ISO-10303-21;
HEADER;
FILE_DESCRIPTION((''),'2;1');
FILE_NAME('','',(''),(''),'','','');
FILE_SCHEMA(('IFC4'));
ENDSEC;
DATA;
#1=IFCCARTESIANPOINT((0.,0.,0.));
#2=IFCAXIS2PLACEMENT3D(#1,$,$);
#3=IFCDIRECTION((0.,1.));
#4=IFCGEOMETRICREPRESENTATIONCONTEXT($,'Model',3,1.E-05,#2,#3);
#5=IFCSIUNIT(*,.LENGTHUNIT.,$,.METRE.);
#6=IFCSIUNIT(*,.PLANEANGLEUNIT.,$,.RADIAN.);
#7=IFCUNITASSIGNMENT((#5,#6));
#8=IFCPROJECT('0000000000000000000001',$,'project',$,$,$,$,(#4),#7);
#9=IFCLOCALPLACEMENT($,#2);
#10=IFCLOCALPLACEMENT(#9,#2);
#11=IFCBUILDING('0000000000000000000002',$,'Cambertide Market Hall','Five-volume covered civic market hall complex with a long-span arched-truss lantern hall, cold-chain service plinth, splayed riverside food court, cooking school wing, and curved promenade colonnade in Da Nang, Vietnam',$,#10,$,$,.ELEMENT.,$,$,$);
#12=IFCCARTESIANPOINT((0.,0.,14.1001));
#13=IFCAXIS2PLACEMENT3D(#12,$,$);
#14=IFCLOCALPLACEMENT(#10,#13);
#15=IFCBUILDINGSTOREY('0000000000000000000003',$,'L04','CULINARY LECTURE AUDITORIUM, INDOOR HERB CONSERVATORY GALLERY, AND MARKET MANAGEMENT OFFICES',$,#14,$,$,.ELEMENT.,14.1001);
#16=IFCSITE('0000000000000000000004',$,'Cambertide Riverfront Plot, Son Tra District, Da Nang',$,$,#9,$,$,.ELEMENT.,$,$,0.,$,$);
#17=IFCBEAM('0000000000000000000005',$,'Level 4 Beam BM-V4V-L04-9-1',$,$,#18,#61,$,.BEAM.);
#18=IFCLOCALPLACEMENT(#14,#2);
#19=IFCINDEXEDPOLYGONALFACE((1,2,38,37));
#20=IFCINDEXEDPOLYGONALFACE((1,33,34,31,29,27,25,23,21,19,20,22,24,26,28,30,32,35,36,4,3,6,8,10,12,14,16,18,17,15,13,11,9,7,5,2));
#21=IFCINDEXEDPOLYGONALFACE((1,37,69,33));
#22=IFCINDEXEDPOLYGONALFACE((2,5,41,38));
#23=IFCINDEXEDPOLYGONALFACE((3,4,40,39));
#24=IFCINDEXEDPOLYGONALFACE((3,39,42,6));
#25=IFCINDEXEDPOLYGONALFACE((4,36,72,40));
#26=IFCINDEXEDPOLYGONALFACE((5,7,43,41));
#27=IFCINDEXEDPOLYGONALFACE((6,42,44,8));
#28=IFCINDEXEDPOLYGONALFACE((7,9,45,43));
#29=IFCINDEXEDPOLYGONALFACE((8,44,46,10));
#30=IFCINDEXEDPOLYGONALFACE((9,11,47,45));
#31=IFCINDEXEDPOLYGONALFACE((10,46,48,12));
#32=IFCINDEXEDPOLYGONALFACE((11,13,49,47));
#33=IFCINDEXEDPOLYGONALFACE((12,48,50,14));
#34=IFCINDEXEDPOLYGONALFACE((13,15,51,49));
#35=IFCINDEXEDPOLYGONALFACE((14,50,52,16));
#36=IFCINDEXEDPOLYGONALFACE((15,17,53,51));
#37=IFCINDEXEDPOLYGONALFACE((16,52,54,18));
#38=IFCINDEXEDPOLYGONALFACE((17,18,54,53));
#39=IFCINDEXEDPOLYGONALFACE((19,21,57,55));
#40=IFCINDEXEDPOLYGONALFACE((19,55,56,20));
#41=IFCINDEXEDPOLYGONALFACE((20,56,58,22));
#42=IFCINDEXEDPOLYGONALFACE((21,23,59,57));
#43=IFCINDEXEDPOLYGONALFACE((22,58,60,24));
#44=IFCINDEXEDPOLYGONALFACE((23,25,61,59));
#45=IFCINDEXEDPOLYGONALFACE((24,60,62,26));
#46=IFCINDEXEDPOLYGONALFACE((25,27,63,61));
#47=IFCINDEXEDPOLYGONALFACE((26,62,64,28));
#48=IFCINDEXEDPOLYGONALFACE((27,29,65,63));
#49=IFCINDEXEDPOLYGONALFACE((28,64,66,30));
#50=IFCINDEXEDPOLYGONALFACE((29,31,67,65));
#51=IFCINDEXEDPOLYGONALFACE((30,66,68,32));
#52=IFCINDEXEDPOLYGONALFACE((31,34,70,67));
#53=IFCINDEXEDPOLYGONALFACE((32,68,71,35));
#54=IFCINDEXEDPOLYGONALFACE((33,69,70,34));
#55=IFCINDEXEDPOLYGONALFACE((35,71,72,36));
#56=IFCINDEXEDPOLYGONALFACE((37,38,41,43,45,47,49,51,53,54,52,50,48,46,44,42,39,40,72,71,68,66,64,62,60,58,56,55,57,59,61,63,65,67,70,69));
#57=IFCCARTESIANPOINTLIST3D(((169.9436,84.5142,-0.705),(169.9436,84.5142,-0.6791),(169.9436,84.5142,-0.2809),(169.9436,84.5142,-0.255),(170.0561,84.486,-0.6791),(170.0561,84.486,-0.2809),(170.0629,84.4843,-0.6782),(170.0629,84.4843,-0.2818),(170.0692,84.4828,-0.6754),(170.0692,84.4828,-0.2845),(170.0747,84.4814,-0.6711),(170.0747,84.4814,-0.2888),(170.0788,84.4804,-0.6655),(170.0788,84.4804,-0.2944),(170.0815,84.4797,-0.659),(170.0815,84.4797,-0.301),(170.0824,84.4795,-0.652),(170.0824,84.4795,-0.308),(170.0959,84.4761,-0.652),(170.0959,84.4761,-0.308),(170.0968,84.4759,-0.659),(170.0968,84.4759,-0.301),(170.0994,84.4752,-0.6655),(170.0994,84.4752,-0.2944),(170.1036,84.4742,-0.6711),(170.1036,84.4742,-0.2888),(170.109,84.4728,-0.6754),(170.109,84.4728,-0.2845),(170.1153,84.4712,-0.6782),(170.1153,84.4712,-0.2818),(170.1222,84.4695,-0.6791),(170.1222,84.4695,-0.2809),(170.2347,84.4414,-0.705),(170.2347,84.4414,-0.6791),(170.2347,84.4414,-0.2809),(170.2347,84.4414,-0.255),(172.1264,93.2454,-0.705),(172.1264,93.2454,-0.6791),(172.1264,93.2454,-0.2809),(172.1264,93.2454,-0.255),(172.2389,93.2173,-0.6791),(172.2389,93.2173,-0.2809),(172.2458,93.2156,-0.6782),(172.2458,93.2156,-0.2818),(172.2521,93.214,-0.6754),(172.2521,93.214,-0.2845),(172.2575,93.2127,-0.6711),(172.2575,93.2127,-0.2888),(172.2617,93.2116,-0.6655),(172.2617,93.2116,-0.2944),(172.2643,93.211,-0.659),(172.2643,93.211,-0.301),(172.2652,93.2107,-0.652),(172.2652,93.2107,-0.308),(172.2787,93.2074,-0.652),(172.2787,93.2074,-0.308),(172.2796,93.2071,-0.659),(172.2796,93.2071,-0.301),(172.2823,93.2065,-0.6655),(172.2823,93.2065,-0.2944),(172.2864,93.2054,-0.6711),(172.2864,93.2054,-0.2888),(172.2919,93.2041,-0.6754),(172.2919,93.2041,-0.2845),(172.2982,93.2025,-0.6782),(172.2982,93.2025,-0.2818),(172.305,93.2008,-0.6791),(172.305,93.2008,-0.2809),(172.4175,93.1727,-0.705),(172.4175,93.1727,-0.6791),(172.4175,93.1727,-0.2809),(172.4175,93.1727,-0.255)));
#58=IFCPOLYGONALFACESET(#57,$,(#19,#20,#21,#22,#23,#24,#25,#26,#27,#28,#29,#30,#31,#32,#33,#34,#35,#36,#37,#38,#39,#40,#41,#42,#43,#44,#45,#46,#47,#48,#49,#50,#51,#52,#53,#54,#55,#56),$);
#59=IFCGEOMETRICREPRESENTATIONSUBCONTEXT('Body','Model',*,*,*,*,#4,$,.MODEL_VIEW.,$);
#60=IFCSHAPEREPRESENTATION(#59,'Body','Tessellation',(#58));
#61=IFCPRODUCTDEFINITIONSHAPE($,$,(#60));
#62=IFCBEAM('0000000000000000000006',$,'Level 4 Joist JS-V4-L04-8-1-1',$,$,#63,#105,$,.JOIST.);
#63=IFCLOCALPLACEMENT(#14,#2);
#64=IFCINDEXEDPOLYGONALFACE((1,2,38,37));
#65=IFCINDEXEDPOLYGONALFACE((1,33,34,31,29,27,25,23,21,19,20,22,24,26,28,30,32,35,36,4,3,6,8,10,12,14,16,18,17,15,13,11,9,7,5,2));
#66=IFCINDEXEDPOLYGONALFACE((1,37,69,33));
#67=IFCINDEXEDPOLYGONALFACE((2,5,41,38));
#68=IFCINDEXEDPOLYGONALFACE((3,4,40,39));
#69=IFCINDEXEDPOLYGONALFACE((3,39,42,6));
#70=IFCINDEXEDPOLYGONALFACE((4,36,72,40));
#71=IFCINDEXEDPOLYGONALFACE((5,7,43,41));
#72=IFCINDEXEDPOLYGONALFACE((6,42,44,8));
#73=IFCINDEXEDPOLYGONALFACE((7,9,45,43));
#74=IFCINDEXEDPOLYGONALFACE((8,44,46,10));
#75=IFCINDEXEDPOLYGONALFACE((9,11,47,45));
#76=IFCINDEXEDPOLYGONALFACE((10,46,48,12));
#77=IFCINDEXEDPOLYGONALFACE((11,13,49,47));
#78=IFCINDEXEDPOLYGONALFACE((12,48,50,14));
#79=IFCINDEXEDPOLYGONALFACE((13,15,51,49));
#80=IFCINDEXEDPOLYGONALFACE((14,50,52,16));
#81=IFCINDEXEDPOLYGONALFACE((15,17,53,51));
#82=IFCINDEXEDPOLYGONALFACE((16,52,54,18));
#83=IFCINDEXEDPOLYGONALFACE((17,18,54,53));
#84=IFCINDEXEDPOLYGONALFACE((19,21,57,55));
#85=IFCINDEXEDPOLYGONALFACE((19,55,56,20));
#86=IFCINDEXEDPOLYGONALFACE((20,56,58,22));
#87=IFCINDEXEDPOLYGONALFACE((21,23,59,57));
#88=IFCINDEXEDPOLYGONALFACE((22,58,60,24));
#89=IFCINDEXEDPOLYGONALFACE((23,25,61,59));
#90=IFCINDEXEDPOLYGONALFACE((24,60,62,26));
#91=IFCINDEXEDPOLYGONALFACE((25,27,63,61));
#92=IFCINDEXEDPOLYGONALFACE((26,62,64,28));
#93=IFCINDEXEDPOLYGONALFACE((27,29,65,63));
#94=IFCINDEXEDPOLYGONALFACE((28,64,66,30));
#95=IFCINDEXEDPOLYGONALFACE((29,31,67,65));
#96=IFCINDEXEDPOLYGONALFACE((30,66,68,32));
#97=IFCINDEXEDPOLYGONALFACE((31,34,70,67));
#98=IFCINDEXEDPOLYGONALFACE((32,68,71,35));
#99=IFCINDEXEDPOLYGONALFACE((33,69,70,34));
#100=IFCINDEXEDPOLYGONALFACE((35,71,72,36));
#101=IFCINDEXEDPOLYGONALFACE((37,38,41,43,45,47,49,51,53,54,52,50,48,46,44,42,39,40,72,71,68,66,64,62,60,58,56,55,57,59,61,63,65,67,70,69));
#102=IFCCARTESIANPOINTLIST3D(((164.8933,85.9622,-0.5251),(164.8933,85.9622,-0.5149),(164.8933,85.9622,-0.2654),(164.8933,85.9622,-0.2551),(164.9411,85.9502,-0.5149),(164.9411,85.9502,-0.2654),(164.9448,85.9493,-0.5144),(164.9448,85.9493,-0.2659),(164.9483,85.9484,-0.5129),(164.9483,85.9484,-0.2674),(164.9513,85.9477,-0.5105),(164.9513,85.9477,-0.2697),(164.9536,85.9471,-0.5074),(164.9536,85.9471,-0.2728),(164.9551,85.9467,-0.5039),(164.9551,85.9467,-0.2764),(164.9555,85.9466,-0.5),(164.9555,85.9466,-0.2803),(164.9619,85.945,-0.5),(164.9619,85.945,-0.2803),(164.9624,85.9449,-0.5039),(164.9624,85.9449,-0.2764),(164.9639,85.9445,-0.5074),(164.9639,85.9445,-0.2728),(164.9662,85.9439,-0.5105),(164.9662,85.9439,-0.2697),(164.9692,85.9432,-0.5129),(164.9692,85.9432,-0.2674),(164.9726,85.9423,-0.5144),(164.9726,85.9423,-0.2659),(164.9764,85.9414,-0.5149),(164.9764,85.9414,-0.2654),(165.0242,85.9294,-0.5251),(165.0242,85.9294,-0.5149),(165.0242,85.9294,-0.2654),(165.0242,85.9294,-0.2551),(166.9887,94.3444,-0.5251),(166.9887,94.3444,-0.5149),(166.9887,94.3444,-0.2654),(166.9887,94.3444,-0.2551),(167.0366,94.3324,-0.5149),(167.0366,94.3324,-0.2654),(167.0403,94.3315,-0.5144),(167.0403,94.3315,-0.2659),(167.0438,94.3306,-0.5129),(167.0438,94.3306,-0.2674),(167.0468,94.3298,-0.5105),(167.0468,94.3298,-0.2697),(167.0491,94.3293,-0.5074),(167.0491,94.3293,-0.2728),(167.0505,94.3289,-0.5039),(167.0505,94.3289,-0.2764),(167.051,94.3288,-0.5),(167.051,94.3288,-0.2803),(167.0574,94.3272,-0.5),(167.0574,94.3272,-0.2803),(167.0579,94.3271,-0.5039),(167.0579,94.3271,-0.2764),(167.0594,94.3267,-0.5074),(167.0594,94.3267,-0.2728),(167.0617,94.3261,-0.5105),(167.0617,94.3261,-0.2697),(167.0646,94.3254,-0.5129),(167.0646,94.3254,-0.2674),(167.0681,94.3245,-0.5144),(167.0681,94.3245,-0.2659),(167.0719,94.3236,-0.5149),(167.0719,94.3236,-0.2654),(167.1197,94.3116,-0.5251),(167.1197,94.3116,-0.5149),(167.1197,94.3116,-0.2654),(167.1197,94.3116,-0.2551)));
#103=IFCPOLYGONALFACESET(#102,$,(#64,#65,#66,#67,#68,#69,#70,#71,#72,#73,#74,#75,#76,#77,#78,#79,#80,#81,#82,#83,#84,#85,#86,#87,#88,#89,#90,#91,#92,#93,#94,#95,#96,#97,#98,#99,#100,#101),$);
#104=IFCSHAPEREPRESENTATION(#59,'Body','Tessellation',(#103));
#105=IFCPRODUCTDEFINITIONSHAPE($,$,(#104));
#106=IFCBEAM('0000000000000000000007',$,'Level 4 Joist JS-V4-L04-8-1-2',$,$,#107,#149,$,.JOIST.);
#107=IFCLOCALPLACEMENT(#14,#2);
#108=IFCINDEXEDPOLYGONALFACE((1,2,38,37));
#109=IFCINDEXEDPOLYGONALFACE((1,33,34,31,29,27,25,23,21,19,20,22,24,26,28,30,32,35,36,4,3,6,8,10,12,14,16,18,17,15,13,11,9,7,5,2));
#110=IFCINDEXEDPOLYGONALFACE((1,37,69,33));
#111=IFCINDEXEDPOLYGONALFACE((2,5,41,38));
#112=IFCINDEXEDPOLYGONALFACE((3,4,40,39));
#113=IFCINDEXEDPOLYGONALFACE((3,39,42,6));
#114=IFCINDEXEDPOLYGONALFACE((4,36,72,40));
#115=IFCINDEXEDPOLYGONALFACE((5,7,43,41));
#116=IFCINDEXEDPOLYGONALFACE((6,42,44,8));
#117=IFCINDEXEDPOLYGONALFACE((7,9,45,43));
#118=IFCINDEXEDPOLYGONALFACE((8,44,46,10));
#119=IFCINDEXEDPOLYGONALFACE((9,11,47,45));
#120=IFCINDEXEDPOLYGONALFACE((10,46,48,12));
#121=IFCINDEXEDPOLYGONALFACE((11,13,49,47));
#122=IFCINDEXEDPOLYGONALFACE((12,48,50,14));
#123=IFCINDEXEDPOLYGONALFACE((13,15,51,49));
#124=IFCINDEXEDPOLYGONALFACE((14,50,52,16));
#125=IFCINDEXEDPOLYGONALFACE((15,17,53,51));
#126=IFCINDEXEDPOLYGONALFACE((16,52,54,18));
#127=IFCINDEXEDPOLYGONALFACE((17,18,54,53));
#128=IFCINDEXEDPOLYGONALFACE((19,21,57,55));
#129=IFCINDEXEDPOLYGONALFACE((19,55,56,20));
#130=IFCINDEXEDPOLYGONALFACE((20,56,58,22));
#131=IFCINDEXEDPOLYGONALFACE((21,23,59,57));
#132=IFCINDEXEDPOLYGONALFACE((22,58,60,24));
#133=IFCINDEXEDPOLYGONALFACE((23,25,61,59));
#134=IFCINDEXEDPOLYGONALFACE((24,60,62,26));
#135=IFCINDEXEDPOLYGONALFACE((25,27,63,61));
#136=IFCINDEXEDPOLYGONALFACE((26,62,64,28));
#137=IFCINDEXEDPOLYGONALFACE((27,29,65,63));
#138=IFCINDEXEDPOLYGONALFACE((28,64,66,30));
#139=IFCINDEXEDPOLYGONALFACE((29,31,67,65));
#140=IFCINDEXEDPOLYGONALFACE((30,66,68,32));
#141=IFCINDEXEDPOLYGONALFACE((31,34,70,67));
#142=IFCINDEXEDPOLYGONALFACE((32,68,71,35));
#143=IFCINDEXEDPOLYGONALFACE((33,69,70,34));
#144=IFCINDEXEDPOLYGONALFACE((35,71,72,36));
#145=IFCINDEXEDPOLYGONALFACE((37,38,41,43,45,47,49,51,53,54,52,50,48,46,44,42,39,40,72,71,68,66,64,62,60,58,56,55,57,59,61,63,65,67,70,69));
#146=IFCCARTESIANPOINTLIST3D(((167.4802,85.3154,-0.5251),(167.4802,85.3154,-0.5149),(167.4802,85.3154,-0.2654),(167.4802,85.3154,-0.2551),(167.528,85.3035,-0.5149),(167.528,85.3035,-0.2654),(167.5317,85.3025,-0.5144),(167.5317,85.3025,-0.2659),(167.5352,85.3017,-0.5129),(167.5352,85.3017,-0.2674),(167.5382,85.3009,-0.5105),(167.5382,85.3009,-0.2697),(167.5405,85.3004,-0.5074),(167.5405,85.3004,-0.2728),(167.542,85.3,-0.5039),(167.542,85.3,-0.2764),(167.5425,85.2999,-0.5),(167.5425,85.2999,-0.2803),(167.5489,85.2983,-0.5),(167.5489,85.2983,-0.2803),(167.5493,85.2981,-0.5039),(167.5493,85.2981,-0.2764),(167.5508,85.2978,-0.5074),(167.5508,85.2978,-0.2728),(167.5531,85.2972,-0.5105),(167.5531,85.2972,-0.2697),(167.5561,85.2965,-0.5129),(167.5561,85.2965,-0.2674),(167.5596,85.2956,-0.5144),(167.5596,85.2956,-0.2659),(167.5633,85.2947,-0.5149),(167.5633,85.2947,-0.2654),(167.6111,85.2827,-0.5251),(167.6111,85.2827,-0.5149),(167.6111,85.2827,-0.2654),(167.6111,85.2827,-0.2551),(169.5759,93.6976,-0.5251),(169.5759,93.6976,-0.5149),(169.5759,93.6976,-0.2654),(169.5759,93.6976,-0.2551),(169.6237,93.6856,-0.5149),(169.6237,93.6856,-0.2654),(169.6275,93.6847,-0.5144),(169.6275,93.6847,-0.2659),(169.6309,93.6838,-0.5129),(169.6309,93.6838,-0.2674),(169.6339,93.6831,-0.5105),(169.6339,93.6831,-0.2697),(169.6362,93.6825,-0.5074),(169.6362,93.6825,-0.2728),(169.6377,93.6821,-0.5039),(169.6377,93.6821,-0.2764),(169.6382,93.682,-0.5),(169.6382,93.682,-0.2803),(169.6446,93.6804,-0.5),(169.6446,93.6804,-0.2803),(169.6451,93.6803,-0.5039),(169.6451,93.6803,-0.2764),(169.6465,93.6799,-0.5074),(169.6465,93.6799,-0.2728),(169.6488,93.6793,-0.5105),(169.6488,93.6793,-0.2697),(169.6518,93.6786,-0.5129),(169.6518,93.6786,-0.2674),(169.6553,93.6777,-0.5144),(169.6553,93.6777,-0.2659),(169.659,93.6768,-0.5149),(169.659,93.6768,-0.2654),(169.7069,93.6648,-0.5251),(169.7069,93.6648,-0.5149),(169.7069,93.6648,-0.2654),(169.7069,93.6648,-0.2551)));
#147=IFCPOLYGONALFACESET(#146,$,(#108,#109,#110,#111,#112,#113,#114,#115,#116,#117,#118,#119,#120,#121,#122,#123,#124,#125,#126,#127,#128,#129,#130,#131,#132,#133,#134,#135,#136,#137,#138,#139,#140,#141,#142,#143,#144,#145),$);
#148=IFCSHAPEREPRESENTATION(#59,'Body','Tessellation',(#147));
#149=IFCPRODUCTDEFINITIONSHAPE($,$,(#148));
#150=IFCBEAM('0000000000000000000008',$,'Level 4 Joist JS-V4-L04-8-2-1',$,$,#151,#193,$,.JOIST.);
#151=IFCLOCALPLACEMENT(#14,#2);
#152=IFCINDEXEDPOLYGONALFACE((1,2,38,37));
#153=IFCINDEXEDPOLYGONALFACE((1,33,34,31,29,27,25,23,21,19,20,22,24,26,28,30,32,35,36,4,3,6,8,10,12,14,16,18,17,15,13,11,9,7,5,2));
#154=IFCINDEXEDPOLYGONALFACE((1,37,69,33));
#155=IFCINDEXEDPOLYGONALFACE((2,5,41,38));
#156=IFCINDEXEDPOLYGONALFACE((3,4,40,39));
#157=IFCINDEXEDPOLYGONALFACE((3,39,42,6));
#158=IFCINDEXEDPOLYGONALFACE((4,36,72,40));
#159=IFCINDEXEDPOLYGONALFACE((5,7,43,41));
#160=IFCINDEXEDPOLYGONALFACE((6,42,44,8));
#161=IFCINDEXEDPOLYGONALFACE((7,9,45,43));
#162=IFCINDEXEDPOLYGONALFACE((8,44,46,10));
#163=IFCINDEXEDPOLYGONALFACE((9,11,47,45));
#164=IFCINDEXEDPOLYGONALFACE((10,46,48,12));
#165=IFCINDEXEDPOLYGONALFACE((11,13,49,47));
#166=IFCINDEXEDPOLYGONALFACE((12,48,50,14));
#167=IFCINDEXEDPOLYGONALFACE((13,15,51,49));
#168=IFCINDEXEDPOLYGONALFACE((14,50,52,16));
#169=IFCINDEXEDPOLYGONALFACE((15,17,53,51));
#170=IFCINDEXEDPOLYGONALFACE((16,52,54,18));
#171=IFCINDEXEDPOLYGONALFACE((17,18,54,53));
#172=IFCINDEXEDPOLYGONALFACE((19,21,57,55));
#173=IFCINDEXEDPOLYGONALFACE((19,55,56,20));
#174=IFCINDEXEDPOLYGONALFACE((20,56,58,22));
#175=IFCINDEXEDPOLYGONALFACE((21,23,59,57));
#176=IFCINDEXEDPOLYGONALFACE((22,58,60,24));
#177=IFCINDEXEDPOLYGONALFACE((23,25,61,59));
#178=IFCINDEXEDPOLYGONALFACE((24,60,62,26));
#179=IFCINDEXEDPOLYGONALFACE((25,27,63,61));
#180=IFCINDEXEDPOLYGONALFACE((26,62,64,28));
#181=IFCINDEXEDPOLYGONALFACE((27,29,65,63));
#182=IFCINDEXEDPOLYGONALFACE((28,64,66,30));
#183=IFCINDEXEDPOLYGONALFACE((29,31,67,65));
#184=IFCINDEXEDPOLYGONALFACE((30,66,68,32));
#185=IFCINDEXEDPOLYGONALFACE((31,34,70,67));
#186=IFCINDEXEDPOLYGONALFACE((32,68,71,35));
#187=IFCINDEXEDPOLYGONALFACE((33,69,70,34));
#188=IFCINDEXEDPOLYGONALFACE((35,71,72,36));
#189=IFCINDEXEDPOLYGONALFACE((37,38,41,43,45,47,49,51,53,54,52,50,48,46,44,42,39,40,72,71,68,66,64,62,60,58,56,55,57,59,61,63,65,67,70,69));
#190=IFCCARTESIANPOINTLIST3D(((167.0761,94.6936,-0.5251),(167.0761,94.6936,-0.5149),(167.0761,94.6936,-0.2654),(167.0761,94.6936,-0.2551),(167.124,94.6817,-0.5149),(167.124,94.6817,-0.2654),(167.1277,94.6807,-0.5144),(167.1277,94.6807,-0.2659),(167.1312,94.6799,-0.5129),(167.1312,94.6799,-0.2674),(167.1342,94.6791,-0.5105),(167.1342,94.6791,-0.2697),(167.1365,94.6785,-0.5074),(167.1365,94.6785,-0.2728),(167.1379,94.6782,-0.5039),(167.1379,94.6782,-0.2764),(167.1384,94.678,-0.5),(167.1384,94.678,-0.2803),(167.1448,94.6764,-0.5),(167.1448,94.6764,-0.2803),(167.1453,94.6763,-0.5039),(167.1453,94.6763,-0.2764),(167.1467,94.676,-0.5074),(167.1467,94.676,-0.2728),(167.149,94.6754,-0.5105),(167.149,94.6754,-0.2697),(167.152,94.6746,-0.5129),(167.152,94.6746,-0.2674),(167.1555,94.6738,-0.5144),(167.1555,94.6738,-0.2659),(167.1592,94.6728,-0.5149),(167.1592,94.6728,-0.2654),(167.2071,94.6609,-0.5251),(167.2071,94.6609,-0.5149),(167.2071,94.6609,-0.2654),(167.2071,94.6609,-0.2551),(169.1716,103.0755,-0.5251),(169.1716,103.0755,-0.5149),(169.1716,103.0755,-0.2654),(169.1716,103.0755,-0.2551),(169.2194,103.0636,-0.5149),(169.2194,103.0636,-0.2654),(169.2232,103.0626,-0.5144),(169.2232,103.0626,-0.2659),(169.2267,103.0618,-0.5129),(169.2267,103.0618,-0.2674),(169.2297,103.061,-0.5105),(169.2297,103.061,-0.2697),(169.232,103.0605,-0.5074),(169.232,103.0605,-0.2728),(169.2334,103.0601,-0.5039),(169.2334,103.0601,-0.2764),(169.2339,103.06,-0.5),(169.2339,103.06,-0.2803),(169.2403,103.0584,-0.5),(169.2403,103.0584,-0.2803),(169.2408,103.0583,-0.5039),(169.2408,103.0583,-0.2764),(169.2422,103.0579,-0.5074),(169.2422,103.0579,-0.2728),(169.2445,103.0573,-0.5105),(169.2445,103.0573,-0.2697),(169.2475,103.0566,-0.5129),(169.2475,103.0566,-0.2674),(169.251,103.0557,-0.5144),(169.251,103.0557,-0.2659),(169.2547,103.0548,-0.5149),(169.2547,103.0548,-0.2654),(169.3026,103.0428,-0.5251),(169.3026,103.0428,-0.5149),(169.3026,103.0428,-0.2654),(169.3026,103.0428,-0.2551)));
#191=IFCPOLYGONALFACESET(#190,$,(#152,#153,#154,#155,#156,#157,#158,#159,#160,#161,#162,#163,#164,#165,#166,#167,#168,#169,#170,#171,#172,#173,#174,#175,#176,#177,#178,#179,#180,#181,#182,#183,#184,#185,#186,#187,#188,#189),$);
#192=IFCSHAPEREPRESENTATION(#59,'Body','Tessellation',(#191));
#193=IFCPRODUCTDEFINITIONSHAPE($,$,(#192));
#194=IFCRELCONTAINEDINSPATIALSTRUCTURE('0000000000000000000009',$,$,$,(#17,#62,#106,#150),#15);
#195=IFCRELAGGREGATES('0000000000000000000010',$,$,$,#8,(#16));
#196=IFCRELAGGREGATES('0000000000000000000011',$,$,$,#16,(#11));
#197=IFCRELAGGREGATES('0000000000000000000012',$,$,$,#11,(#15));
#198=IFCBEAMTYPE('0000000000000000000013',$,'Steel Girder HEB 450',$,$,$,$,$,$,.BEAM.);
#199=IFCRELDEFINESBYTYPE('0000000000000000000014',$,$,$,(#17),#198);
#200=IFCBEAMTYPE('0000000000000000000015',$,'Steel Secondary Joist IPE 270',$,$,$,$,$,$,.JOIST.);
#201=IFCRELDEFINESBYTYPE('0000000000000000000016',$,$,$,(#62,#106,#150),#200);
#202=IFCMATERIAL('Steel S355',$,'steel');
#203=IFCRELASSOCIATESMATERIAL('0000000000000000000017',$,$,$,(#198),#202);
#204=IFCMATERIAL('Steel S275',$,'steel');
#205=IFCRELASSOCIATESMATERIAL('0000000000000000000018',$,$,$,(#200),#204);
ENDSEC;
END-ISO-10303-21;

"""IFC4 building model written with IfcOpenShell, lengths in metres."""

from ifc_helpers import new_model, si_unit, direction, frame, origin, origin_2d, place, context, subcontext, project, spatial, i_section, extrude, material, material_profile, profile_set, type_object, element, save


model = new_model("IFC4")

# Units and contexts
model_context = context("Model", 3, precision=1e-05, world=origin(), true_north=direction((0.0, 1.0)))
body_context = subcontext(model_context, "Body", "Model", "MODEL_VIEW")
ifc_project = project(units=[si_unit("LENGTHUNIT", "METRE"), si_unit("PLANEANGLEUNIT", "RADIAN")], contexts=[model_context])

# Site, building, storey
site_placement = place(None, origin())
site = spatial("IfcSite", under=ifc_project, at=site_placement, Name="Cambertide Riverfront Plot, Son Tra District, Da Nang", CompositionType="ELEMENT", RefElevation=0.0)
building_placement = place(site_placement, origin())
building = spatial("IfcBuilding", under=site, at=building_placement, Name="Cambertide Market Hall", Description="Five-volume covered civic market hall complex with a long-span arched-truss lantern hall, cold-chain service plinth, splayed riverside food court, cooking school wing, and curved promenade colonnade in Da Nang, Vietnam", CompositionType="ELEMENT")
storey_placement = place(building_placement, frame((0.0, 0.0, 14.1001)))
storey = spatial("IfcBuildingStorey", under=building, at=storey_placement, Name="L04", Description="CULINARY LECTURE AUDITORIUM, INDOOR HERB CONSERVATORY GALLERY, AND MARKET MANAGEMENT OFFICES", CompositionType="ELEMENT", Elevation=14.1001)

# Beams
ifc_material_1 = material(Name="Steel S355", Category="steel")
ifc_material_profile_1 = material_profile(ifc_material_1, i_section(OverallWidth=0.3, OverallDepth=0.45, WebThickness=0.0139, FlangeThickness=0.0259, FilletRadius=0.0271, at=origin_2d()), Name="HEB 450")
ifc_profile_set_1 = profile_set([ifc_material_profile_1], Name="Steel S355")
beam_type_1 = type_object("IfcBeamType", Name="Steel Girder HEB 450", PredefinedType="BEAM", material=ifc_profile_set_1)
for number, where, z_axis, x_axis, name in (
    (1, (170.0891, 84.4778, -0.48), (0.242542, 0.970141, 0.0), (-0.970141, 0.242542, 0.0), "Level 4 Beam BM-V4V-L04-9-1"),
):
    element("IfcBeam", number, at=place(storey_placement, frame(where, z_axis=z_axis, x_axis=x_axis)), inside=storey, type_object=beam_type_1, Name=name, PredefinedType="BEAM", context=body_context, shape_type="SweptSolid", body=[
        extrude(i_section(OverallWidth=0.3, OverallDepth=0.45, WebThickness=0.0139, FlangeThickness=0.0259, FilletRadius=0.0271, at=origin_2d()), origin(), (0.0, 0.0, 1.0), 9.0),
    ])
ifc_material_2 = material(Name="Steel S275", Category="steel")
ifc_material_profile_2 = material_profile(ifc_material_2, i_section(OverallWidth=0.135, OverallDepth=0.27, WebThickness=0.0066, FlangeThickness=0.0103, FilletRadius=0.0149, at=origin_2d()), Name="IPE 270")
ifc_profile_set_2 = profile_set([ifc_material_profile_2], Name="Steel S275")
beam_type_2 = type_object("IfcBeamType", Name="Steel Secondary Joist IPE 270", PredefinedType="JOIST", material=ifc_profile_set_2)
for number, where, z_axis, x_axis, name in (
    (2, (164.9587, 85.9458, -0.3901), (0.242529, 0.970144, 0.0), (-0.970144, 0.242529, 0.0), "Level 4 Joist JS-V4-L04-8-1-1"),
    (3, (167.5457, 85.2991, -0.3901), (0.242556, 0.970138, 0.0), (-0.970138, 0.242556, 0.0), "Level 4 Joist JS-V4-L04-8-1-2"),
):
    element("IfcBeam", number, at=place(storey_placement, frame(where, z_axis=z_axis, x_axis=x_axis)), inside=storey, type_object=beam_type_2, Name=name, PredefinedType="JOIST", context=body_context, shape_type="SweptSolid", body=[
        extrude(i_section(OverallWidth=0.135, OverallDepth=0.27, WebThickness=0.0066, FlangeThickness=0.0103, FilletRadius=0.0149, at=origin_2d()), origin(), (0.0, 0.0, 1.0), 8.6401),
    ])
beam_1_placement = place(storey_placement, frame((167.1416, 94.6772, -0.3901), z_axis=(0.242536, 0.970143, 0.0), x_axis=(-0.970143, 0.242536, 0.0)))
element("IfcBeam", 4, at=beam_1_placement, inside=storey, type_object=beam_type_2, Name="Level 4 Joist JS-V4-L04-8-2-1", PredefinedType="JOIST", context=body_context, shape_type="SweptSolid", body=[
    extrude(i_section(OverallWidth=0.135, OverallDepth=0.27, WebThickness=0.0066, FlangeThickness=0.0103, FilletRadius=0.0149, at=origin_2d()), origin(), (0.0, 0.0, 1.0), 8.6399),
])

save(model, "model.ifc")
